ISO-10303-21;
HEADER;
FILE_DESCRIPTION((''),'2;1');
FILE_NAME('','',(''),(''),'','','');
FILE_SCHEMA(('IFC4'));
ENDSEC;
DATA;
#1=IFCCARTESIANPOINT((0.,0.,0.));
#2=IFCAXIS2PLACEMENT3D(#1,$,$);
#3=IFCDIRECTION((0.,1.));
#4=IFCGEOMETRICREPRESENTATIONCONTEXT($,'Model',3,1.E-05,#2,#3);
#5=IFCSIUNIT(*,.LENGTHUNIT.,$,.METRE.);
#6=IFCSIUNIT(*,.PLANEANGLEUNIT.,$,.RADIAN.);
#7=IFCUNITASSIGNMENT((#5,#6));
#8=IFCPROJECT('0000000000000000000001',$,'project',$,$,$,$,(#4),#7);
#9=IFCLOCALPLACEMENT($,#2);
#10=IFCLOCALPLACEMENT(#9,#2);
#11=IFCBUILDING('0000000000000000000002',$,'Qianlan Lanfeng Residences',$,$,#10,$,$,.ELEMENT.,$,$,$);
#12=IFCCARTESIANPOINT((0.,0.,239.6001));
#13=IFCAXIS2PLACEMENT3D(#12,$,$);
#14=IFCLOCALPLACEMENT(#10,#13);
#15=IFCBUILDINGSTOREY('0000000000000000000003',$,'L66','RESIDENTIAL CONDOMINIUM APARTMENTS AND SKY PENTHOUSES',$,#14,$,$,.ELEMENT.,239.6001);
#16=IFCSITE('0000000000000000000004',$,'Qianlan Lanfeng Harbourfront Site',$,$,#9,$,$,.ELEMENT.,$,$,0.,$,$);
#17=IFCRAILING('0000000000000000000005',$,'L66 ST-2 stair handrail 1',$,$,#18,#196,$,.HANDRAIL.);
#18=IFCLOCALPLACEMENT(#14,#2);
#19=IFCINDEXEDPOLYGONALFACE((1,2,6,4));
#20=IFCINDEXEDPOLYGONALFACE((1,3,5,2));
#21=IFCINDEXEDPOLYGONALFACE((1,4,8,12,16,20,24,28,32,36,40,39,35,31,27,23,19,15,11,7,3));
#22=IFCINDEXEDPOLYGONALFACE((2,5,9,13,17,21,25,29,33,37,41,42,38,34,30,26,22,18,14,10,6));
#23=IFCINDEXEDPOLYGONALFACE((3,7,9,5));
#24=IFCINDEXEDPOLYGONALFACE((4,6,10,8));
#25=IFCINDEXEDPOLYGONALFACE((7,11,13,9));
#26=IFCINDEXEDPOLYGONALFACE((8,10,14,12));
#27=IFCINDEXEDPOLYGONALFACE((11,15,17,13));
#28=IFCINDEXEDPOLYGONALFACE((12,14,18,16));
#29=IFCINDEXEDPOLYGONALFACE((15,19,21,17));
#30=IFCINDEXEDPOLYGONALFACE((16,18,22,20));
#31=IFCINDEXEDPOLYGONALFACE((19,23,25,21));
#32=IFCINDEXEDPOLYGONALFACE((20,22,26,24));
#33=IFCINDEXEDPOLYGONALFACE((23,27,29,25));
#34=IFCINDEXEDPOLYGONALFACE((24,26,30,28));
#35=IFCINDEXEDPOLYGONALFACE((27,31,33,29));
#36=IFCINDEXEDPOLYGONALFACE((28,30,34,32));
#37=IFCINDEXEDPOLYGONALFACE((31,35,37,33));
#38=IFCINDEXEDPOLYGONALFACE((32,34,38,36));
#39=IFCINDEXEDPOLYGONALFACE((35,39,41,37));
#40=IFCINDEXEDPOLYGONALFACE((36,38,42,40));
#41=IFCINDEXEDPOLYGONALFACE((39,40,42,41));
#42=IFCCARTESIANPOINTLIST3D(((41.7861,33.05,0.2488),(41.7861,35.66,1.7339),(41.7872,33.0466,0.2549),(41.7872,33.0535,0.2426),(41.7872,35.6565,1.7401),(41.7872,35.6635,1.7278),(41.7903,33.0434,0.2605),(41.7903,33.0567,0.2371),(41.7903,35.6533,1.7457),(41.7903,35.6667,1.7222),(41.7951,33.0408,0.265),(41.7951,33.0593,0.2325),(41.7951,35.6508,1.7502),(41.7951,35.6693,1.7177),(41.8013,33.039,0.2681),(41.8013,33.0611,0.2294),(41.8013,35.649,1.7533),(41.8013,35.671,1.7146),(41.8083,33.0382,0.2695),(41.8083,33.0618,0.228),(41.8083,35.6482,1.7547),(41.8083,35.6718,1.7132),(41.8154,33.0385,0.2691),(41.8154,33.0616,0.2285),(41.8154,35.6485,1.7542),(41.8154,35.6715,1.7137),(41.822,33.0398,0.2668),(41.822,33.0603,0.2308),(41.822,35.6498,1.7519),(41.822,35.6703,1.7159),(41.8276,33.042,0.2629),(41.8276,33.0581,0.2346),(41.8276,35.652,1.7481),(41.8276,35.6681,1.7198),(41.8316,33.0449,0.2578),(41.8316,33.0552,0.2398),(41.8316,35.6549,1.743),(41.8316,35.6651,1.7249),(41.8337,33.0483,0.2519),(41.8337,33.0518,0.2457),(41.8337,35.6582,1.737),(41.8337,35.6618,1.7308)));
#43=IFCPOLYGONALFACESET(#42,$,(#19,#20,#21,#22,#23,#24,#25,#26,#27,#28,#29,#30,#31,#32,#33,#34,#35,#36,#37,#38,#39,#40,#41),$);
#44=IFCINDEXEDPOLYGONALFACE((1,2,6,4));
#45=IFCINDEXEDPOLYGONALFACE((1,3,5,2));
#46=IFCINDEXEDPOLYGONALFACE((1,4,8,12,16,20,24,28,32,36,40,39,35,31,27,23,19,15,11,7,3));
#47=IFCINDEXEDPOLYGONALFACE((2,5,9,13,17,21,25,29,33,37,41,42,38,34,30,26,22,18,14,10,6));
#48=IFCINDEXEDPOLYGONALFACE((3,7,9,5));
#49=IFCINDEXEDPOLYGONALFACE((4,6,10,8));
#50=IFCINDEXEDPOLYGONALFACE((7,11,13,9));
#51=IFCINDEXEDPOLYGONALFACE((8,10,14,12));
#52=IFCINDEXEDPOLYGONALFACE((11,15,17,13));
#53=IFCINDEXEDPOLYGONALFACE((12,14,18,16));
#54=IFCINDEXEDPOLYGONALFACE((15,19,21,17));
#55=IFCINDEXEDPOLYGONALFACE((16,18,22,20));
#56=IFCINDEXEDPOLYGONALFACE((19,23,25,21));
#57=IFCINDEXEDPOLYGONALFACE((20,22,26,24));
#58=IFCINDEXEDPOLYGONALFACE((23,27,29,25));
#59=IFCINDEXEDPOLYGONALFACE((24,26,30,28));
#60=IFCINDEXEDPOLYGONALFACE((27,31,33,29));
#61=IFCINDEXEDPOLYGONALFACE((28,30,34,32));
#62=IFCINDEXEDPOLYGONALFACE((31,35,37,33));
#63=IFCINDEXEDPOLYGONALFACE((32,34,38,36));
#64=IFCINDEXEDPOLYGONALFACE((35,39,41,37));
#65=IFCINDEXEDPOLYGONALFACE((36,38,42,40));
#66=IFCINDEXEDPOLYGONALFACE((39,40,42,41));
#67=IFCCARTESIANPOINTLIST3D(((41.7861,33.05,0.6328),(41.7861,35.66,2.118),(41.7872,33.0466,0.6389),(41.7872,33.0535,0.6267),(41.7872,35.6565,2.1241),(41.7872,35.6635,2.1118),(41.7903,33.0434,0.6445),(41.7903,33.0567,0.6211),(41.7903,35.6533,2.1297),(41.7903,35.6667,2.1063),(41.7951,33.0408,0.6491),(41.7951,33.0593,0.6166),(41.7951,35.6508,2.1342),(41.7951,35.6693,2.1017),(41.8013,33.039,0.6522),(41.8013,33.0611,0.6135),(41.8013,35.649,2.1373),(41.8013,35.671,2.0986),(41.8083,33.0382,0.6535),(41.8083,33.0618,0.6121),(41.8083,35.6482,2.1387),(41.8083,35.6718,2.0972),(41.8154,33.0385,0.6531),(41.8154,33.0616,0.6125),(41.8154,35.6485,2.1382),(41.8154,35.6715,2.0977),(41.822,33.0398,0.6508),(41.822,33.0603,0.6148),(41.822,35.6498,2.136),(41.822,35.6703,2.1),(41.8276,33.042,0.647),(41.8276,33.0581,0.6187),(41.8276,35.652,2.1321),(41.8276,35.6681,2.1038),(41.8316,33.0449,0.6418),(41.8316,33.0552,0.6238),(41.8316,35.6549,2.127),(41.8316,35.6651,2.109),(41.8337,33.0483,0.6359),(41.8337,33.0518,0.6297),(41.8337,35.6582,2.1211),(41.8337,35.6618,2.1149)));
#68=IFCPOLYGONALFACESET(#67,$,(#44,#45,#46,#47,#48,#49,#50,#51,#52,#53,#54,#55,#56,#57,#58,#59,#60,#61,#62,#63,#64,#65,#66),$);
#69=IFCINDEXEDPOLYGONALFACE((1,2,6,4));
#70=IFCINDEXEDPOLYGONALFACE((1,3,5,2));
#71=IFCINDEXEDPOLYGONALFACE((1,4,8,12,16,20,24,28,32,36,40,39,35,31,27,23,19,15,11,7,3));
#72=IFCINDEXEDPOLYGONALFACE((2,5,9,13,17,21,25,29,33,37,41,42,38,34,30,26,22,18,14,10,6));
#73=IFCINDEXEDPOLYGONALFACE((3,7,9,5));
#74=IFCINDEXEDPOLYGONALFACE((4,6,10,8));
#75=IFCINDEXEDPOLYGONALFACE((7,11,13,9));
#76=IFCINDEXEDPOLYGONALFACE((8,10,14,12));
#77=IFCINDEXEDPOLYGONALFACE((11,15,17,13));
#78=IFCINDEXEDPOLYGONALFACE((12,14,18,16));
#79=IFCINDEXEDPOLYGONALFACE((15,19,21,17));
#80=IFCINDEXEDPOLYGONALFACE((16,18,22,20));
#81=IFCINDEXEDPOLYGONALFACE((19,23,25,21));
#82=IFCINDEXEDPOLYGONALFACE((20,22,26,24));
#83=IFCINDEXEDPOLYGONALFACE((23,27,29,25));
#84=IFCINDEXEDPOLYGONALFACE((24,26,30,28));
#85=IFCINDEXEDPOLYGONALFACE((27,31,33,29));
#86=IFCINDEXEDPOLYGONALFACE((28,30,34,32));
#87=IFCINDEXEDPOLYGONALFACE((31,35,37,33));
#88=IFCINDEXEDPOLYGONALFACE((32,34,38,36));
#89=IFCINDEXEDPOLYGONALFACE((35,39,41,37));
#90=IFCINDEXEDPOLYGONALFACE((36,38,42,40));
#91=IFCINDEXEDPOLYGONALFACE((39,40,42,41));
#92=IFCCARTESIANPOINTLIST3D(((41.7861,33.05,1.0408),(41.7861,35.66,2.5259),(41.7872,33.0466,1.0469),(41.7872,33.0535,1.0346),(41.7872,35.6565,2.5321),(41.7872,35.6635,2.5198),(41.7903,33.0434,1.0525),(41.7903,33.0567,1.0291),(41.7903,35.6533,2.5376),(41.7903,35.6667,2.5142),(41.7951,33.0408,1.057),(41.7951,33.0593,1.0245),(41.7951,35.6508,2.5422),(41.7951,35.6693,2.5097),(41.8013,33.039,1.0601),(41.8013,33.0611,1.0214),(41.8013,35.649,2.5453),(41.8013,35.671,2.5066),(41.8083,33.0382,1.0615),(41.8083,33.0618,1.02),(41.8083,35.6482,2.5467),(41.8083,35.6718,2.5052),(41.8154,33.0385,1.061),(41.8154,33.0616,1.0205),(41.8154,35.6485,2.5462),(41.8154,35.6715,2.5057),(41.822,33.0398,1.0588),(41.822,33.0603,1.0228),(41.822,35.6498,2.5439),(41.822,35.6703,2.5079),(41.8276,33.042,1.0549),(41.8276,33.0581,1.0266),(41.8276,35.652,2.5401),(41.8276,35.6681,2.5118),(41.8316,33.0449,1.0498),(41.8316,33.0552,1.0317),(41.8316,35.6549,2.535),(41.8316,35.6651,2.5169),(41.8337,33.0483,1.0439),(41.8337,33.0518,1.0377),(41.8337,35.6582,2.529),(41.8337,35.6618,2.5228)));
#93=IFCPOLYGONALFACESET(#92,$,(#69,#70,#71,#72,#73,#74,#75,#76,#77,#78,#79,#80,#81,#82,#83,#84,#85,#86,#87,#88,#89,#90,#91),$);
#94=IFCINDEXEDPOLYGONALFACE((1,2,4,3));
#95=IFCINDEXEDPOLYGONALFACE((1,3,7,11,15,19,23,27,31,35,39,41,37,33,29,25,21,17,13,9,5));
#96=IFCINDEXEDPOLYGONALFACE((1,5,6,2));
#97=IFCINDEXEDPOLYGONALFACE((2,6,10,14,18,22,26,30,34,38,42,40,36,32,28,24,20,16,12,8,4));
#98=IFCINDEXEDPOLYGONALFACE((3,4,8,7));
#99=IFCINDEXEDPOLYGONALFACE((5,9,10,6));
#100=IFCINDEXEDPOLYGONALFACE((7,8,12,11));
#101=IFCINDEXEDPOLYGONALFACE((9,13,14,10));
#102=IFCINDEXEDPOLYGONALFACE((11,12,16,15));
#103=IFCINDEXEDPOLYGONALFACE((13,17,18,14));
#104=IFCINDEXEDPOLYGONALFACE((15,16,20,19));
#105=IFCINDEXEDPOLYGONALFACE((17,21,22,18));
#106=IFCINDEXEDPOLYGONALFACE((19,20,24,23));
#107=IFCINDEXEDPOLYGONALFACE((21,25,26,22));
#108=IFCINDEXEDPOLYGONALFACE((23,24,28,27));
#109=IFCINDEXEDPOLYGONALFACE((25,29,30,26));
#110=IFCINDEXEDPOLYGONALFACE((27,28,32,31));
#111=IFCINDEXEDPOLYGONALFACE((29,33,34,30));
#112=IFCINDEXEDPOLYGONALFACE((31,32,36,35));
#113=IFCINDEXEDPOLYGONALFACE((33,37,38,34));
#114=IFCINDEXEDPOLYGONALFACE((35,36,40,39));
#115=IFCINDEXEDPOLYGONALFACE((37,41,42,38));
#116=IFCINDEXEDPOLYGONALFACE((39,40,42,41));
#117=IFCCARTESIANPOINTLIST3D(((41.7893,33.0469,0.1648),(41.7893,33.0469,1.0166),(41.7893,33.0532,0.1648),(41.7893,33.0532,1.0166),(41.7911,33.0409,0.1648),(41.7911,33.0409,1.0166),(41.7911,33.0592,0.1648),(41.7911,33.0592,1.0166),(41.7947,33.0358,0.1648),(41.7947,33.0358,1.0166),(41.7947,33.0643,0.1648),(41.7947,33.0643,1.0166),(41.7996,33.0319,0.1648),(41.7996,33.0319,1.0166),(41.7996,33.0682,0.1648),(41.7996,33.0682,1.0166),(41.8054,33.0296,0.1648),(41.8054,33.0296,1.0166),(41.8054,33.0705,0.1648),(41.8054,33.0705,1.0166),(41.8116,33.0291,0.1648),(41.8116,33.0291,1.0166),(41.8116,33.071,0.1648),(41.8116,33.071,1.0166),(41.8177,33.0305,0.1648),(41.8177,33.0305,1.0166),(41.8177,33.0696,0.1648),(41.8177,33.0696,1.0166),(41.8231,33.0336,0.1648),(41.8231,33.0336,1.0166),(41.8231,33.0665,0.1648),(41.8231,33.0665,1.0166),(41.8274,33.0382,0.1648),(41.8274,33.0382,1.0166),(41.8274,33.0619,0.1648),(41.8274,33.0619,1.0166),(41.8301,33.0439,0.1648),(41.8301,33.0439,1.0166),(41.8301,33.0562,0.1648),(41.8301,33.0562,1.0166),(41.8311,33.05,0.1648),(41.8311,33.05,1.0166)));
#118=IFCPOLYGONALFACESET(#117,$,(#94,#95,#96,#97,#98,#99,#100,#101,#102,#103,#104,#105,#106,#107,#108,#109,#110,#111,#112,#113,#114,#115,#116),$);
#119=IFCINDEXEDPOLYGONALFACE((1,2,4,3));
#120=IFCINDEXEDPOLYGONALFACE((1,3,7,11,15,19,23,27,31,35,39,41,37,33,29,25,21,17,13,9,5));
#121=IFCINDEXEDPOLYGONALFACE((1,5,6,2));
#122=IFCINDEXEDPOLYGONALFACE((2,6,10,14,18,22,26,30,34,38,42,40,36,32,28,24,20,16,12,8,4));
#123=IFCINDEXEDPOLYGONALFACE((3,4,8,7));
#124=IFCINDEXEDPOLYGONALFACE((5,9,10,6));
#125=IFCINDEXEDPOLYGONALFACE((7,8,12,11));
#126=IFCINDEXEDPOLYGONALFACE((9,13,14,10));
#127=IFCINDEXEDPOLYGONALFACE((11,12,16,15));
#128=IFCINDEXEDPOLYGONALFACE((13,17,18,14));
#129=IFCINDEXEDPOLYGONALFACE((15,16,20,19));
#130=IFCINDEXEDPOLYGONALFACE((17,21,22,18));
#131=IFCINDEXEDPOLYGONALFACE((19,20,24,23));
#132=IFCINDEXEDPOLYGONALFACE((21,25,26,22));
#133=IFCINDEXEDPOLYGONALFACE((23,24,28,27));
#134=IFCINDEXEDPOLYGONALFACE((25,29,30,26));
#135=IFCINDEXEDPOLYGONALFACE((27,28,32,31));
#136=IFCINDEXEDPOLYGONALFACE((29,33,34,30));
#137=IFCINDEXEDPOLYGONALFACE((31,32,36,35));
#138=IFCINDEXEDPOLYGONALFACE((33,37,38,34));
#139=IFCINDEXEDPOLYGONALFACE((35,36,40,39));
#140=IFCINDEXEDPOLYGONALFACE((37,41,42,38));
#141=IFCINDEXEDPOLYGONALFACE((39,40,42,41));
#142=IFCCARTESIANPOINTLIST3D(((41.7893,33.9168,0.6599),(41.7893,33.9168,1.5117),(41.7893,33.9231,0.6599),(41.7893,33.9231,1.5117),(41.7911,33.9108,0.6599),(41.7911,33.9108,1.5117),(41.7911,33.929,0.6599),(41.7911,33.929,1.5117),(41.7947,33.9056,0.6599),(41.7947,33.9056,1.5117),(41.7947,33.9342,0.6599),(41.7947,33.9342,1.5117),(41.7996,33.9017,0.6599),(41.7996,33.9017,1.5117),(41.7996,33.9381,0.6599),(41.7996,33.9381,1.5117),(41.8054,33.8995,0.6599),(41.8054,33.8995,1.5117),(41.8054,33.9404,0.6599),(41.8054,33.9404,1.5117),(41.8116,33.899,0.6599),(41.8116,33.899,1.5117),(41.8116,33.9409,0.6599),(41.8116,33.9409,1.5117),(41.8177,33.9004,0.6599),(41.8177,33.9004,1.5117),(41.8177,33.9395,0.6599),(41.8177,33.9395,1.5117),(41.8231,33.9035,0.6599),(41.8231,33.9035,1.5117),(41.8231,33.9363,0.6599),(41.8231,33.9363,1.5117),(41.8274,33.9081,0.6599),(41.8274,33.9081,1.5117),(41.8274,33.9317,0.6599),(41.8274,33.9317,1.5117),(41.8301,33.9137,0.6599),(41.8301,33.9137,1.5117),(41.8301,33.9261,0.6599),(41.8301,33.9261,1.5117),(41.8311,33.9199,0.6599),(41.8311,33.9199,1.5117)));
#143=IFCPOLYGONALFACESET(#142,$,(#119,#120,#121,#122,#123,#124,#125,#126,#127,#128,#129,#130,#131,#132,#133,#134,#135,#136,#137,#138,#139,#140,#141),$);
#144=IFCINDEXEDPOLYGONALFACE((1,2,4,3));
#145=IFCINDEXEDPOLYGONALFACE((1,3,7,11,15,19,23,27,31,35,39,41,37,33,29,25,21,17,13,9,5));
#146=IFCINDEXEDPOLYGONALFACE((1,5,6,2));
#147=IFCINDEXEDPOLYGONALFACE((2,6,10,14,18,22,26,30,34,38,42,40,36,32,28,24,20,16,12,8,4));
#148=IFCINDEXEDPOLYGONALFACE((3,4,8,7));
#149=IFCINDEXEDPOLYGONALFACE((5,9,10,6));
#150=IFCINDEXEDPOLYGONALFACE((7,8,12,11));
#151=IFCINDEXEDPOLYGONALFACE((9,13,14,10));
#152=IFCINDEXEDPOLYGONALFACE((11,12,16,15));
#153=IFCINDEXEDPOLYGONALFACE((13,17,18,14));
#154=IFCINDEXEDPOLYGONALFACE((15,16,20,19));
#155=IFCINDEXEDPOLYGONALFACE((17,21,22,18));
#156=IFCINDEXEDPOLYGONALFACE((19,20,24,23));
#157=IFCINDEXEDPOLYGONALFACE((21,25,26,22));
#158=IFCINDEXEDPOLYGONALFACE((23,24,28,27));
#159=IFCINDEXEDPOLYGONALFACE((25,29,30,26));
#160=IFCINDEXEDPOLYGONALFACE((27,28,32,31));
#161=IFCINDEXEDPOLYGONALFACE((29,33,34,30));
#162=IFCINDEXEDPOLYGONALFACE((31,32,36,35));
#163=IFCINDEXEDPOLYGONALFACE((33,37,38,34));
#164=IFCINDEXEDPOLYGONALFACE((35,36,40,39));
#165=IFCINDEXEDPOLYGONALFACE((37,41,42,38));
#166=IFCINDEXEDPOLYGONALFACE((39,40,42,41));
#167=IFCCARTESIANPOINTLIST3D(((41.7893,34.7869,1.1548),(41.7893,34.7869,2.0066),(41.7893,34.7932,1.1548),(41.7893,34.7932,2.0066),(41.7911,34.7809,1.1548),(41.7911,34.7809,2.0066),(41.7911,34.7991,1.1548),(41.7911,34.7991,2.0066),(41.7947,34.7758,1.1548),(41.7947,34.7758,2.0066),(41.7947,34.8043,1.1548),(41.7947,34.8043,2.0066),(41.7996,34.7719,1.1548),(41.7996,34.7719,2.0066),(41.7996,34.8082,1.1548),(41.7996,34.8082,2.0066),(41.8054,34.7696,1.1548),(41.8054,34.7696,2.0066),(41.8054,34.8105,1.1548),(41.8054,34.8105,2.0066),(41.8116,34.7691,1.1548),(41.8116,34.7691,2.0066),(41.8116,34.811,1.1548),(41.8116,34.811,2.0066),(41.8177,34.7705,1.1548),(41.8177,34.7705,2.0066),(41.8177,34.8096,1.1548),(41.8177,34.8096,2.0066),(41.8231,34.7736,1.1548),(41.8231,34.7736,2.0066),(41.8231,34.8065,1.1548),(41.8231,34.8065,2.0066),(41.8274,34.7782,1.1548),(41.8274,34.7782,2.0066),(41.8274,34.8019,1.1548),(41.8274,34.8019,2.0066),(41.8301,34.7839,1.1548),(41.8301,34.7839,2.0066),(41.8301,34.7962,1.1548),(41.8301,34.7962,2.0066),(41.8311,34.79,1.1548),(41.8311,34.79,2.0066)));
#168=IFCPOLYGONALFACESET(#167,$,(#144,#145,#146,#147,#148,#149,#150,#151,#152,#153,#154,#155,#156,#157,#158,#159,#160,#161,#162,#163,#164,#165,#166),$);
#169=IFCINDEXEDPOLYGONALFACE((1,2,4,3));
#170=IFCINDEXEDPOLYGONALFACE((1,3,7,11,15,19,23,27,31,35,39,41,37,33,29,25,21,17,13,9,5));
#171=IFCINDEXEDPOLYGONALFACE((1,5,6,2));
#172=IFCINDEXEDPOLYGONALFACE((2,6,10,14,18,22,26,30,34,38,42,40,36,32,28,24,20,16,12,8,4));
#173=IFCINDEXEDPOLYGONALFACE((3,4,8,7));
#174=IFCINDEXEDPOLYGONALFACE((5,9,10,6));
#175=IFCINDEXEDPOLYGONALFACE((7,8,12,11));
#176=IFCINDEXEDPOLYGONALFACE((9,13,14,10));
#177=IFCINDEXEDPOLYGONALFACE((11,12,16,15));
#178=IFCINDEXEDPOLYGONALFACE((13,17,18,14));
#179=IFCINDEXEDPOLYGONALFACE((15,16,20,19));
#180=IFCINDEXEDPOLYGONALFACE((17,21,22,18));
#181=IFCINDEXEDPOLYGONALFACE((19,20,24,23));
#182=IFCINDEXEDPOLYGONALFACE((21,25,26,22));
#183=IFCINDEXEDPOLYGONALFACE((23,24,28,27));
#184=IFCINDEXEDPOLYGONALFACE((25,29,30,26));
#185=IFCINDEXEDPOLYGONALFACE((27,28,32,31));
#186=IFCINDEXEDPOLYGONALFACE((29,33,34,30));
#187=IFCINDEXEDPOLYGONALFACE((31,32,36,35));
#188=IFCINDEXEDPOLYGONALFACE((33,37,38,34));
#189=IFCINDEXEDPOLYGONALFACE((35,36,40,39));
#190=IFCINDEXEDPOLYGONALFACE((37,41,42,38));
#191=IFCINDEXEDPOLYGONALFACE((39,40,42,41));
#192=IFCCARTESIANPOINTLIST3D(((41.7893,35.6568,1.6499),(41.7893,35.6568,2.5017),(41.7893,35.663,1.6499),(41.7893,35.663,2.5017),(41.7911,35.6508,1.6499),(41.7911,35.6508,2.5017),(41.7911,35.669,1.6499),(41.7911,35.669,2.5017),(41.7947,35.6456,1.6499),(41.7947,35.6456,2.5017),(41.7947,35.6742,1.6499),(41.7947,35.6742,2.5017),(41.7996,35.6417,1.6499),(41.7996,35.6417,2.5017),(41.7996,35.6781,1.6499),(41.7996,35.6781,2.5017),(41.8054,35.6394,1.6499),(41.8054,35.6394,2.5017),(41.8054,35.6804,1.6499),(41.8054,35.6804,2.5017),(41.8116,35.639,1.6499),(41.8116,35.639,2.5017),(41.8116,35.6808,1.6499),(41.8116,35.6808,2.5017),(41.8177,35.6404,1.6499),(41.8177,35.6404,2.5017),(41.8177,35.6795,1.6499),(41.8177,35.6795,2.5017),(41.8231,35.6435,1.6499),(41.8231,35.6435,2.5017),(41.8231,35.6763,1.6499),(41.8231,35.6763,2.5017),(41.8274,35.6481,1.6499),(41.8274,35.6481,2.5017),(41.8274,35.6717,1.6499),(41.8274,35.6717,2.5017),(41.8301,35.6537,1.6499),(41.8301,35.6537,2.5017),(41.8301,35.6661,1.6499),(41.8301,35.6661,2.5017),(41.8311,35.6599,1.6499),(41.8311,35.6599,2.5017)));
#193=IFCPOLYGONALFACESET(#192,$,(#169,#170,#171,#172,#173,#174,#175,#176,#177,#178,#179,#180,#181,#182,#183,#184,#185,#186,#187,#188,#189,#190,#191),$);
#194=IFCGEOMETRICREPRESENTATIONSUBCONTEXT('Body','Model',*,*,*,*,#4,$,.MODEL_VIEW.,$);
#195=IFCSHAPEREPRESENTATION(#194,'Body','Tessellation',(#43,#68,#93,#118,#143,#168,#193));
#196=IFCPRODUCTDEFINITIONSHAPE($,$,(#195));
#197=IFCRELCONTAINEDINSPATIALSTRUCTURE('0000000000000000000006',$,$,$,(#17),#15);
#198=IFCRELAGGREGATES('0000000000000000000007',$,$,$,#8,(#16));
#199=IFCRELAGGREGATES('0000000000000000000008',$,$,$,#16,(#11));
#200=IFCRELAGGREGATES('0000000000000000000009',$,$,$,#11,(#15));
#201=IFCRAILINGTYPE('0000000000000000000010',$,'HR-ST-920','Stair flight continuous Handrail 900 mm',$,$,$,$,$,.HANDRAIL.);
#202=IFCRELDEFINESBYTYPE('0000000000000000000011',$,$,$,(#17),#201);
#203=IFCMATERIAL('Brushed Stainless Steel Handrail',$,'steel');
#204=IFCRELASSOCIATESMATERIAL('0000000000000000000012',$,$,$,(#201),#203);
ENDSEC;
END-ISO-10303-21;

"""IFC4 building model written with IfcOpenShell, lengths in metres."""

from ifc_helpers import new_model, si_unit, direction, frame, origin, origin_2d, place, context, subcontext, project, spatial, circle, extrude, material, type_object, element, save


model = new_model("IFC4")

# Units and contexts
model_context = context("Model", 3, precision=1e-05, world=origin(), true_north=direction((0.0, 1.0)))
body_context = subcontext(model_context, "Body", "Model", "MODEL_VIEW")
ifc_project = project(units=[si_unit("LENGTHUNIT", "METRE"), si_unit("PLANEANGLEUNIT", "RADIAN")], contexts=[model_context])

# Site, building, storey
site_placement = place(None, origin())
site = spatial("IfcSite", under=ifc_project, at=site_placement, Name="Qianlan Lanfeng Harbourfront Site", CompositionType="ELEMENT", RefElevation=0.0)
building_placement = place(site_placement, origin())
building = spatial("IfcBuilding", under=site, at=building_placement, Name="Qianlan Lanfeng Residences", CompositionType="ELEMENT")
storey_placement = place(building_placement, frame((0.0, 0.0, 239.6001)))
storey = spatial("IfcBuildingStorey", under=building, at=storey_placement, Name="L66", Description="RESIDENTIAL CONDOMINIUM APARTMENTS AND SKY PENTHOUSES", CompositionType="ELEMENT", Elevation=239.6001)

# Railing
ifc_material_1 = material(Name="Brushed Stainless Steel Handrail", Category="steel")
railing_type_1 = type_object("IfcRailingType", Name="HR-ST-920", Description="Stair flight continuous Handrail 900 mm", PredefinedType="HANDRAIL", material=ifc_material_1)
railing_1_placement = place(storey_placement, frame((41.8101, 33.05, 0.1648)))
element("IfcRailing", 1, at=railing_1_placement, inside=storey, type_object=railing_type_1, Name="L66 ST-2 stair handrail 1", PredefinedType="HANDRAIL", context=body_context, shape_type="SweptSolid", body=[
    extrude(circle(Radius=0.0239, at=origin_2d()), frame((0.0, 0.0, 0.084), z_axis=(0.0, 0.869137, 0.494571), x_axis=(-1.0, 0.0, 0.0)), (0.0, 0.0, 1.0), 3.0029),
    extrude(circle(Radius=0.0239, at=origin_2d()), frame((0.0, 0.0, 0.468), z_axis=(0.0, 0.869137, 0.494571), x_axis=(-1.0, 0.0, 0.0)), (0.0, 0.0, 1.0), 3.0029),
    extrude(circle(Radius=0.0239, at=origin_2d()), frame((0.0, 0.0, 0.876), z_axis=(0.0, 0.869137, 0.494571), x_axis=(-1.0, 0.0, 0.0)), (0.0, 0.0, 1.0), 3.0029),
    extrude(circle(Radius=0.021, at=origin_2d()), origin(), (0.0, 0.0, 1.0), 0.8518),
    extrude(circle(Radius=0.021, at=origin_2d()), frame((0.0, 0.8699, 0.4951)), (0.0, 0.0, 1.0), 0.8518),
    extrude(circle(Radius=0.021, at=origin_2d()), frame((0.0, 1.74, 0.99)), (0.0, 0.0, 1.0), 0.8518),
    extrude(circle(Radius=0.021, at=origin_2d()), frame((0.0, 2.6099, 1.4851)), (0.0, 0.0, 1.0), 0.8518),
])

save(model, "model.ifc")
